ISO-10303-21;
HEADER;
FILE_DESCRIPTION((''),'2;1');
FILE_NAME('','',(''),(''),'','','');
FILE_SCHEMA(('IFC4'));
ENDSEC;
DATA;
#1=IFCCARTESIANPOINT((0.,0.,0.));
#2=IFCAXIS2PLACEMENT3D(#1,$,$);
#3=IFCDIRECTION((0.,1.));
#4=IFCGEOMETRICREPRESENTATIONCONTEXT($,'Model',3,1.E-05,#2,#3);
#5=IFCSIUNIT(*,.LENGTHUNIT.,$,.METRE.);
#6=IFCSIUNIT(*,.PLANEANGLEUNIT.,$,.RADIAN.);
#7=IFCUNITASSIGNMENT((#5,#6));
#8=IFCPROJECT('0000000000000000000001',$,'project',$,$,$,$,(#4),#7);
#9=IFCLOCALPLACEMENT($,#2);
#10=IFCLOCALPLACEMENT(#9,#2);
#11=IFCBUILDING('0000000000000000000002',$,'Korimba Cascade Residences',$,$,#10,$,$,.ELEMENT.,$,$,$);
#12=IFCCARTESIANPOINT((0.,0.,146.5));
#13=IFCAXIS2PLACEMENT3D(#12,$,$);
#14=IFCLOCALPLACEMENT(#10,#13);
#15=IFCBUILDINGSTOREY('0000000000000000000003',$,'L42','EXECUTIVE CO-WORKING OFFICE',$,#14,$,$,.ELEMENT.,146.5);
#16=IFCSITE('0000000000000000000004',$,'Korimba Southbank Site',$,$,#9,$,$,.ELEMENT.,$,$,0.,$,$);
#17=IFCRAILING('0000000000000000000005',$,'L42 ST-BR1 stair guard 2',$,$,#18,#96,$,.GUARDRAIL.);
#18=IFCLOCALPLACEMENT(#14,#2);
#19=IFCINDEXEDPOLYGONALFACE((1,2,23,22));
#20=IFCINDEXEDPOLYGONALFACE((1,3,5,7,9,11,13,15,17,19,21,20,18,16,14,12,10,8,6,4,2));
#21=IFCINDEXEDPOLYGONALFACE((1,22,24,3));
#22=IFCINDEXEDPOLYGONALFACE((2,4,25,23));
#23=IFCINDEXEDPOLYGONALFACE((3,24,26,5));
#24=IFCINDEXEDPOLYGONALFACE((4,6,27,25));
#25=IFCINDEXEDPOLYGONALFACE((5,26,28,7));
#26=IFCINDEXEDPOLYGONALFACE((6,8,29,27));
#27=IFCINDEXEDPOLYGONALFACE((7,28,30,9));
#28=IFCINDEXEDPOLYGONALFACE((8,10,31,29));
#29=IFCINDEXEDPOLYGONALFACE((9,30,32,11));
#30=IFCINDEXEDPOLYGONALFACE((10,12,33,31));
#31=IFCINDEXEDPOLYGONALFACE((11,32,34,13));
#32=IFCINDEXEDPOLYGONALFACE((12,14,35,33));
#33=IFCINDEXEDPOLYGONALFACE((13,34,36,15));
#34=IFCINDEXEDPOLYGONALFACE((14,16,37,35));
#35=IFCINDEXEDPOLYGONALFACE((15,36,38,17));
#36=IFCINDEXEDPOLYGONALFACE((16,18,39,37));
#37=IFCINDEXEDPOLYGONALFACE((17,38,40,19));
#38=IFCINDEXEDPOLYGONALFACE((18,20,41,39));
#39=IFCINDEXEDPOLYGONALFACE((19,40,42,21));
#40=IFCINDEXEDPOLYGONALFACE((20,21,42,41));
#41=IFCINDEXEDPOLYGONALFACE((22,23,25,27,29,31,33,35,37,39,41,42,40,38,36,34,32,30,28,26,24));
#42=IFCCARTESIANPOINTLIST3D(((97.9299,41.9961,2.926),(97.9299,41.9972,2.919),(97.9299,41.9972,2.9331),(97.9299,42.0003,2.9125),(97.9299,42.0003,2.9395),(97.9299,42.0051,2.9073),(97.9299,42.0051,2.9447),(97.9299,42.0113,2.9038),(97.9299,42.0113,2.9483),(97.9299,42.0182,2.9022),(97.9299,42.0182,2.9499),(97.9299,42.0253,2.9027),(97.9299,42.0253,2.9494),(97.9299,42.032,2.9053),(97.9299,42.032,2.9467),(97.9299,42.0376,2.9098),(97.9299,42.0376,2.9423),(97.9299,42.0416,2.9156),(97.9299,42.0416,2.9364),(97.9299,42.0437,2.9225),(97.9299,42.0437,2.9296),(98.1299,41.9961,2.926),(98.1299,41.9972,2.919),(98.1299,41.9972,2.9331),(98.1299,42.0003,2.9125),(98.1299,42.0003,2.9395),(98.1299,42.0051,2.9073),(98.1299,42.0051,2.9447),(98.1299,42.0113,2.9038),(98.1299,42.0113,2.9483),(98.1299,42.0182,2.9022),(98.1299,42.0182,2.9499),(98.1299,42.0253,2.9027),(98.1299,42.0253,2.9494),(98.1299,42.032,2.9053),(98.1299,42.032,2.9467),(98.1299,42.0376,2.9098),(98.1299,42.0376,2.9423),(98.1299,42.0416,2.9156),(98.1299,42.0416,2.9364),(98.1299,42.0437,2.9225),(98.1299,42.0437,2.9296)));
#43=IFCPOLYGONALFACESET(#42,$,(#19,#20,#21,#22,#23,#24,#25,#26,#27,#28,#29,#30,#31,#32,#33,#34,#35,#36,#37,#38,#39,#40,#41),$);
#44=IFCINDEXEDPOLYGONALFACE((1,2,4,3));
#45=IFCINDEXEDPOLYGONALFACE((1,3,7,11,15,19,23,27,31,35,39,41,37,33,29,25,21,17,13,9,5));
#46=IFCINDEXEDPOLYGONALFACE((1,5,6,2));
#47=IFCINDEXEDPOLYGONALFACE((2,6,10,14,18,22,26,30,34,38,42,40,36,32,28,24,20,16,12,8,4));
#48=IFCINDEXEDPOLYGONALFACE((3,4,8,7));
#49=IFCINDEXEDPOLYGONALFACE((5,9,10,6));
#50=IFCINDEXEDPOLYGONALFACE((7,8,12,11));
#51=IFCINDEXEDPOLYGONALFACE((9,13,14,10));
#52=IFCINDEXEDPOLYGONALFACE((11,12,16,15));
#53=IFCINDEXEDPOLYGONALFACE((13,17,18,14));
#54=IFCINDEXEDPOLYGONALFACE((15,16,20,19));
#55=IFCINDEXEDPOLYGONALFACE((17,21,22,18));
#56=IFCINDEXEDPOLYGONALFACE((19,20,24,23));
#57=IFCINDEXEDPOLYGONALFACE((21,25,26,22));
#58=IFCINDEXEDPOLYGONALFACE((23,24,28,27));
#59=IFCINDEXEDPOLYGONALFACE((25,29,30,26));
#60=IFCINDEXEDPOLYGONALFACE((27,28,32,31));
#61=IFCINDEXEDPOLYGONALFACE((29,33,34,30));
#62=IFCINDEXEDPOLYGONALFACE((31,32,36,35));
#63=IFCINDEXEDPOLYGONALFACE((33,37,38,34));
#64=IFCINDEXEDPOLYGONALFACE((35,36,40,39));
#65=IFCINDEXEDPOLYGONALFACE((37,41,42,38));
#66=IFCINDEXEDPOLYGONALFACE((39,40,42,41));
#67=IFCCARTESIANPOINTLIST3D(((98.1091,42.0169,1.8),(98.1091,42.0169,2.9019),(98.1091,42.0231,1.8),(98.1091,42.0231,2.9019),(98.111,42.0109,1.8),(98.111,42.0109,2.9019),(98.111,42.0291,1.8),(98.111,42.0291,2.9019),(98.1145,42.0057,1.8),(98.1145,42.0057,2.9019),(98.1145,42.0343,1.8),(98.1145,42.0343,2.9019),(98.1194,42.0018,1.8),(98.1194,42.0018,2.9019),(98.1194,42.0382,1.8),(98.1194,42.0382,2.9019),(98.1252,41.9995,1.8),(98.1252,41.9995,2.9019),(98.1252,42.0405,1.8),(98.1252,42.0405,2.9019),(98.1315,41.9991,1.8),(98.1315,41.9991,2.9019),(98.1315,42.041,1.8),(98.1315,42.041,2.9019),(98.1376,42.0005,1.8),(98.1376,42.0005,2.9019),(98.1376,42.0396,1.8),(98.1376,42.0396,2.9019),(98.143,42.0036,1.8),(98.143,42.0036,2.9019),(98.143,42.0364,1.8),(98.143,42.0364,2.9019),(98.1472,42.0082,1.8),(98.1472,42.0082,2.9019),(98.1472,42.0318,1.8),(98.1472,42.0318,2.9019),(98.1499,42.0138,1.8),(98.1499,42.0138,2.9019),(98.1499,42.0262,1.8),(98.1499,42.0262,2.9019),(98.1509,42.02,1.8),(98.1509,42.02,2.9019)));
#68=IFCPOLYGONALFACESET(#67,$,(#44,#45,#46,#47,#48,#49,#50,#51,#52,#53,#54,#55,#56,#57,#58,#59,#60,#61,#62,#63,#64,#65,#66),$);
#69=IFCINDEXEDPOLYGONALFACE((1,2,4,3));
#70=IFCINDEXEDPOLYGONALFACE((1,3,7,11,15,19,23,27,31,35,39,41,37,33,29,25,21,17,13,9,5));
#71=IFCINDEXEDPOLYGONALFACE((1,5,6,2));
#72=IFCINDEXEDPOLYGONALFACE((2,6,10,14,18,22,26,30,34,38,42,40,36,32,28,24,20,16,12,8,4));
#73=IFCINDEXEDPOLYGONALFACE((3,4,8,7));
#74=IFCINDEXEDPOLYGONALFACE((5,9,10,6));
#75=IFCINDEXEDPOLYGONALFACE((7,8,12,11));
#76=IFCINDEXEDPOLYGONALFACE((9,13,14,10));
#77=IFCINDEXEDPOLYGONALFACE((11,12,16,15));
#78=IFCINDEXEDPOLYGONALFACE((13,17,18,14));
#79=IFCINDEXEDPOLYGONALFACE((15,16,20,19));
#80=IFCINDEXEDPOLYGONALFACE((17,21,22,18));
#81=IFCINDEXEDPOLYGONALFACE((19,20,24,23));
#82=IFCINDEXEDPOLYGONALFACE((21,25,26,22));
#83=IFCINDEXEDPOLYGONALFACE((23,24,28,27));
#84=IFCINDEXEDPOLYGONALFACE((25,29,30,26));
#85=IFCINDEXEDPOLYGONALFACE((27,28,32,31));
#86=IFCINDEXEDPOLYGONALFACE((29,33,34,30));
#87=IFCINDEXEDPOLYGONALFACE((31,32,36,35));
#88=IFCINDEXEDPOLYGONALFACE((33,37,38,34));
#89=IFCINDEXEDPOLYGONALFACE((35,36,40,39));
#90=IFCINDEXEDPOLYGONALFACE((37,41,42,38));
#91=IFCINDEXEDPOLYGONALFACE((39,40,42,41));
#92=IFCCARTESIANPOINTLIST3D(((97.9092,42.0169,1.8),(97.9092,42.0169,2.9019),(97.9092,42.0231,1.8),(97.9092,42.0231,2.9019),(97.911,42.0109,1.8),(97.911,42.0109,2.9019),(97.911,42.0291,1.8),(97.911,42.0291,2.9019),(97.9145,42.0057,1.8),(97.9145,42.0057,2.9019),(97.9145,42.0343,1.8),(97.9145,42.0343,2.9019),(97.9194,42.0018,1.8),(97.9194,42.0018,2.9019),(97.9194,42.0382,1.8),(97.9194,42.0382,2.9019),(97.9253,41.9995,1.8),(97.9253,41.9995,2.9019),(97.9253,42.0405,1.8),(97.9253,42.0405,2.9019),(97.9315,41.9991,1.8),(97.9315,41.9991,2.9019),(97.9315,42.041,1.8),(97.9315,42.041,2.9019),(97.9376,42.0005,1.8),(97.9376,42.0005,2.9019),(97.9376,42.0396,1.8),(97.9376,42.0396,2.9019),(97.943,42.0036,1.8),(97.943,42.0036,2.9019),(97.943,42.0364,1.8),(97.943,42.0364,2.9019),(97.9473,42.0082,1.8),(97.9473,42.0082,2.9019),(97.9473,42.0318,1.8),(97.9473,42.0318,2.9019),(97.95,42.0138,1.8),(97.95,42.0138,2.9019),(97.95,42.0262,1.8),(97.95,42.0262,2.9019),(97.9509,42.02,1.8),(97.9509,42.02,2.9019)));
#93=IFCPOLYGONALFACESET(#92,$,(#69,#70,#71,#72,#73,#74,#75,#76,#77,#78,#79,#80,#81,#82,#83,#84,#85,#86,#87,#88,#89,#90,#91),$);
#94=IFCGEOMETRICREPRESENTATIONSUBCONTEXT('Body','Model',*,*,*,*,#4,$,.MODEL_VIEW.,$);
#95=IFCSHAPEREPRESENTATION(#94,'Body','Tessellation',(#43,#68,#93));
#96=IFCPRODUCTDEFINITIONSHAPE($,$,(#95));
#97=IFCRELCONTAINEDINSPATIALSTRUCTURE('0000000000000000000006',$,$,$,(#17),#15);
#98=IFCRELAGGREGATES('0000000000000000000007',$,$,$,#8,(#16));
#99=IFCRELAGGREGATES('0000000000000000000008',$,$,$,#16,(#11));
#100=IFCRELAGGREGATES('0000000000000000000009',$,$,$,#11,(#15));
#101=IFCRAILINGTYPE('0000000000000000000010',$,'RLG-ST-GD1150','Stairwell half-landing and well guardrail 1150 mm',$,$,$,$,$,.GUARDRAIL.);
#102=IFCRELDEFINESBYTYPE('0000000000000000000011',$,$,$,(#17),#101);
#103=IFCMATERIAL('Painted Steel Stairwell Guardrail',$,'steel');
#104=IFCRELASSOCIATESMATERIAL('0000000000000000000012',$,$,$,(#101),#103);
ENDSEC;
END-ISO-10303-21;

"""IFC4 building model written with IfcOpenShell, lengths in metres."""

from ifc_helpers import new_model, si_unit, direction, frame, origin, origin_2d, place, context, subcontext, project, spatial, circle, extrude, material, type_object, element, save


model = new_model("IFC4")

# Units and contexts
model_context = context("Model", 3, precision=1e-05, world=origin(), true_north=direction((0.0, 1.0)))
body_context = subcontext(model_context, "Body", "Model", "MODEL_VIEW")
ifc_project = project(units=[si_unit("LENGTHUNIT", "METRE"), si_unit("PLANEANGLEUNIT", "RADIAN")], contexts=[model_context])

# Site, building, storey
site_placement = place(None, origin())
site = spatial("IfcSite", under=ifc_project, at=site_placement, Name="Korimba Southbank Site", CompositionType="ELEMENT", RefElevation=0.0)
building_placement = place(site_placement, origin())
building = spatial("IfcBuilding", under=site, at=building_placement, Name="Korimba Cascade Residences", CompositionType="ELEMENT")
storey_placement = place(building_placement, frame((0.0, 0.0, 146.5)))
storey = spatial("IfcBuildingStorey", under=building, at=storey_placement, Name="L42", Description="EXECUTIVE CO-WORKING OFFICE", CompositionType="ELEMENT", Elevation=146.5)

# Railing
ifc_material_1 = material(Name="Painted Steel Stairwell Guardrail", Category="steel")
railing_type_1 = type_object("IfcRailingType", Name="RLG-ST-GD1150", Description="Stairwell half-landing and well guardrail 1150 mm", PredefinedType="GUARDRAIL", material=ifc_material_1)
railing_1_placement = place(storey_placement, frame((98.1299, 42.02, 1.8)))
element("IfcRailing", 1, at=railing_1_placement, inside=storey, type_object=railing_type_1, Name="L42 ST-BR1 stair guard 2", PredefinedType="GUARDRAIL", context=body_context, shape_type="SweptSolid", body=[
    extrude(circle(Radius=0.0239, at=origin_2d()), frame((0.0, 0.0, 1.126), z_axis=(-1.0, 0.0, 0.0), x_axis=(0.0, -1.0, 0.0)), (0.0, 0.0, 1.0), 0.2),
    extrude(circle(Radius=0.021, at=origin_2d()), origin(), (0.0, 0.0, 1.0), 1.1018),
    extrude(circle(Radius=0.021, at=origin_2d()), frame((-0.2, 0.0, 0.0)), (0.0, 0.0, 1.0), 1.1018),
])

save(model, "model.ifc")
